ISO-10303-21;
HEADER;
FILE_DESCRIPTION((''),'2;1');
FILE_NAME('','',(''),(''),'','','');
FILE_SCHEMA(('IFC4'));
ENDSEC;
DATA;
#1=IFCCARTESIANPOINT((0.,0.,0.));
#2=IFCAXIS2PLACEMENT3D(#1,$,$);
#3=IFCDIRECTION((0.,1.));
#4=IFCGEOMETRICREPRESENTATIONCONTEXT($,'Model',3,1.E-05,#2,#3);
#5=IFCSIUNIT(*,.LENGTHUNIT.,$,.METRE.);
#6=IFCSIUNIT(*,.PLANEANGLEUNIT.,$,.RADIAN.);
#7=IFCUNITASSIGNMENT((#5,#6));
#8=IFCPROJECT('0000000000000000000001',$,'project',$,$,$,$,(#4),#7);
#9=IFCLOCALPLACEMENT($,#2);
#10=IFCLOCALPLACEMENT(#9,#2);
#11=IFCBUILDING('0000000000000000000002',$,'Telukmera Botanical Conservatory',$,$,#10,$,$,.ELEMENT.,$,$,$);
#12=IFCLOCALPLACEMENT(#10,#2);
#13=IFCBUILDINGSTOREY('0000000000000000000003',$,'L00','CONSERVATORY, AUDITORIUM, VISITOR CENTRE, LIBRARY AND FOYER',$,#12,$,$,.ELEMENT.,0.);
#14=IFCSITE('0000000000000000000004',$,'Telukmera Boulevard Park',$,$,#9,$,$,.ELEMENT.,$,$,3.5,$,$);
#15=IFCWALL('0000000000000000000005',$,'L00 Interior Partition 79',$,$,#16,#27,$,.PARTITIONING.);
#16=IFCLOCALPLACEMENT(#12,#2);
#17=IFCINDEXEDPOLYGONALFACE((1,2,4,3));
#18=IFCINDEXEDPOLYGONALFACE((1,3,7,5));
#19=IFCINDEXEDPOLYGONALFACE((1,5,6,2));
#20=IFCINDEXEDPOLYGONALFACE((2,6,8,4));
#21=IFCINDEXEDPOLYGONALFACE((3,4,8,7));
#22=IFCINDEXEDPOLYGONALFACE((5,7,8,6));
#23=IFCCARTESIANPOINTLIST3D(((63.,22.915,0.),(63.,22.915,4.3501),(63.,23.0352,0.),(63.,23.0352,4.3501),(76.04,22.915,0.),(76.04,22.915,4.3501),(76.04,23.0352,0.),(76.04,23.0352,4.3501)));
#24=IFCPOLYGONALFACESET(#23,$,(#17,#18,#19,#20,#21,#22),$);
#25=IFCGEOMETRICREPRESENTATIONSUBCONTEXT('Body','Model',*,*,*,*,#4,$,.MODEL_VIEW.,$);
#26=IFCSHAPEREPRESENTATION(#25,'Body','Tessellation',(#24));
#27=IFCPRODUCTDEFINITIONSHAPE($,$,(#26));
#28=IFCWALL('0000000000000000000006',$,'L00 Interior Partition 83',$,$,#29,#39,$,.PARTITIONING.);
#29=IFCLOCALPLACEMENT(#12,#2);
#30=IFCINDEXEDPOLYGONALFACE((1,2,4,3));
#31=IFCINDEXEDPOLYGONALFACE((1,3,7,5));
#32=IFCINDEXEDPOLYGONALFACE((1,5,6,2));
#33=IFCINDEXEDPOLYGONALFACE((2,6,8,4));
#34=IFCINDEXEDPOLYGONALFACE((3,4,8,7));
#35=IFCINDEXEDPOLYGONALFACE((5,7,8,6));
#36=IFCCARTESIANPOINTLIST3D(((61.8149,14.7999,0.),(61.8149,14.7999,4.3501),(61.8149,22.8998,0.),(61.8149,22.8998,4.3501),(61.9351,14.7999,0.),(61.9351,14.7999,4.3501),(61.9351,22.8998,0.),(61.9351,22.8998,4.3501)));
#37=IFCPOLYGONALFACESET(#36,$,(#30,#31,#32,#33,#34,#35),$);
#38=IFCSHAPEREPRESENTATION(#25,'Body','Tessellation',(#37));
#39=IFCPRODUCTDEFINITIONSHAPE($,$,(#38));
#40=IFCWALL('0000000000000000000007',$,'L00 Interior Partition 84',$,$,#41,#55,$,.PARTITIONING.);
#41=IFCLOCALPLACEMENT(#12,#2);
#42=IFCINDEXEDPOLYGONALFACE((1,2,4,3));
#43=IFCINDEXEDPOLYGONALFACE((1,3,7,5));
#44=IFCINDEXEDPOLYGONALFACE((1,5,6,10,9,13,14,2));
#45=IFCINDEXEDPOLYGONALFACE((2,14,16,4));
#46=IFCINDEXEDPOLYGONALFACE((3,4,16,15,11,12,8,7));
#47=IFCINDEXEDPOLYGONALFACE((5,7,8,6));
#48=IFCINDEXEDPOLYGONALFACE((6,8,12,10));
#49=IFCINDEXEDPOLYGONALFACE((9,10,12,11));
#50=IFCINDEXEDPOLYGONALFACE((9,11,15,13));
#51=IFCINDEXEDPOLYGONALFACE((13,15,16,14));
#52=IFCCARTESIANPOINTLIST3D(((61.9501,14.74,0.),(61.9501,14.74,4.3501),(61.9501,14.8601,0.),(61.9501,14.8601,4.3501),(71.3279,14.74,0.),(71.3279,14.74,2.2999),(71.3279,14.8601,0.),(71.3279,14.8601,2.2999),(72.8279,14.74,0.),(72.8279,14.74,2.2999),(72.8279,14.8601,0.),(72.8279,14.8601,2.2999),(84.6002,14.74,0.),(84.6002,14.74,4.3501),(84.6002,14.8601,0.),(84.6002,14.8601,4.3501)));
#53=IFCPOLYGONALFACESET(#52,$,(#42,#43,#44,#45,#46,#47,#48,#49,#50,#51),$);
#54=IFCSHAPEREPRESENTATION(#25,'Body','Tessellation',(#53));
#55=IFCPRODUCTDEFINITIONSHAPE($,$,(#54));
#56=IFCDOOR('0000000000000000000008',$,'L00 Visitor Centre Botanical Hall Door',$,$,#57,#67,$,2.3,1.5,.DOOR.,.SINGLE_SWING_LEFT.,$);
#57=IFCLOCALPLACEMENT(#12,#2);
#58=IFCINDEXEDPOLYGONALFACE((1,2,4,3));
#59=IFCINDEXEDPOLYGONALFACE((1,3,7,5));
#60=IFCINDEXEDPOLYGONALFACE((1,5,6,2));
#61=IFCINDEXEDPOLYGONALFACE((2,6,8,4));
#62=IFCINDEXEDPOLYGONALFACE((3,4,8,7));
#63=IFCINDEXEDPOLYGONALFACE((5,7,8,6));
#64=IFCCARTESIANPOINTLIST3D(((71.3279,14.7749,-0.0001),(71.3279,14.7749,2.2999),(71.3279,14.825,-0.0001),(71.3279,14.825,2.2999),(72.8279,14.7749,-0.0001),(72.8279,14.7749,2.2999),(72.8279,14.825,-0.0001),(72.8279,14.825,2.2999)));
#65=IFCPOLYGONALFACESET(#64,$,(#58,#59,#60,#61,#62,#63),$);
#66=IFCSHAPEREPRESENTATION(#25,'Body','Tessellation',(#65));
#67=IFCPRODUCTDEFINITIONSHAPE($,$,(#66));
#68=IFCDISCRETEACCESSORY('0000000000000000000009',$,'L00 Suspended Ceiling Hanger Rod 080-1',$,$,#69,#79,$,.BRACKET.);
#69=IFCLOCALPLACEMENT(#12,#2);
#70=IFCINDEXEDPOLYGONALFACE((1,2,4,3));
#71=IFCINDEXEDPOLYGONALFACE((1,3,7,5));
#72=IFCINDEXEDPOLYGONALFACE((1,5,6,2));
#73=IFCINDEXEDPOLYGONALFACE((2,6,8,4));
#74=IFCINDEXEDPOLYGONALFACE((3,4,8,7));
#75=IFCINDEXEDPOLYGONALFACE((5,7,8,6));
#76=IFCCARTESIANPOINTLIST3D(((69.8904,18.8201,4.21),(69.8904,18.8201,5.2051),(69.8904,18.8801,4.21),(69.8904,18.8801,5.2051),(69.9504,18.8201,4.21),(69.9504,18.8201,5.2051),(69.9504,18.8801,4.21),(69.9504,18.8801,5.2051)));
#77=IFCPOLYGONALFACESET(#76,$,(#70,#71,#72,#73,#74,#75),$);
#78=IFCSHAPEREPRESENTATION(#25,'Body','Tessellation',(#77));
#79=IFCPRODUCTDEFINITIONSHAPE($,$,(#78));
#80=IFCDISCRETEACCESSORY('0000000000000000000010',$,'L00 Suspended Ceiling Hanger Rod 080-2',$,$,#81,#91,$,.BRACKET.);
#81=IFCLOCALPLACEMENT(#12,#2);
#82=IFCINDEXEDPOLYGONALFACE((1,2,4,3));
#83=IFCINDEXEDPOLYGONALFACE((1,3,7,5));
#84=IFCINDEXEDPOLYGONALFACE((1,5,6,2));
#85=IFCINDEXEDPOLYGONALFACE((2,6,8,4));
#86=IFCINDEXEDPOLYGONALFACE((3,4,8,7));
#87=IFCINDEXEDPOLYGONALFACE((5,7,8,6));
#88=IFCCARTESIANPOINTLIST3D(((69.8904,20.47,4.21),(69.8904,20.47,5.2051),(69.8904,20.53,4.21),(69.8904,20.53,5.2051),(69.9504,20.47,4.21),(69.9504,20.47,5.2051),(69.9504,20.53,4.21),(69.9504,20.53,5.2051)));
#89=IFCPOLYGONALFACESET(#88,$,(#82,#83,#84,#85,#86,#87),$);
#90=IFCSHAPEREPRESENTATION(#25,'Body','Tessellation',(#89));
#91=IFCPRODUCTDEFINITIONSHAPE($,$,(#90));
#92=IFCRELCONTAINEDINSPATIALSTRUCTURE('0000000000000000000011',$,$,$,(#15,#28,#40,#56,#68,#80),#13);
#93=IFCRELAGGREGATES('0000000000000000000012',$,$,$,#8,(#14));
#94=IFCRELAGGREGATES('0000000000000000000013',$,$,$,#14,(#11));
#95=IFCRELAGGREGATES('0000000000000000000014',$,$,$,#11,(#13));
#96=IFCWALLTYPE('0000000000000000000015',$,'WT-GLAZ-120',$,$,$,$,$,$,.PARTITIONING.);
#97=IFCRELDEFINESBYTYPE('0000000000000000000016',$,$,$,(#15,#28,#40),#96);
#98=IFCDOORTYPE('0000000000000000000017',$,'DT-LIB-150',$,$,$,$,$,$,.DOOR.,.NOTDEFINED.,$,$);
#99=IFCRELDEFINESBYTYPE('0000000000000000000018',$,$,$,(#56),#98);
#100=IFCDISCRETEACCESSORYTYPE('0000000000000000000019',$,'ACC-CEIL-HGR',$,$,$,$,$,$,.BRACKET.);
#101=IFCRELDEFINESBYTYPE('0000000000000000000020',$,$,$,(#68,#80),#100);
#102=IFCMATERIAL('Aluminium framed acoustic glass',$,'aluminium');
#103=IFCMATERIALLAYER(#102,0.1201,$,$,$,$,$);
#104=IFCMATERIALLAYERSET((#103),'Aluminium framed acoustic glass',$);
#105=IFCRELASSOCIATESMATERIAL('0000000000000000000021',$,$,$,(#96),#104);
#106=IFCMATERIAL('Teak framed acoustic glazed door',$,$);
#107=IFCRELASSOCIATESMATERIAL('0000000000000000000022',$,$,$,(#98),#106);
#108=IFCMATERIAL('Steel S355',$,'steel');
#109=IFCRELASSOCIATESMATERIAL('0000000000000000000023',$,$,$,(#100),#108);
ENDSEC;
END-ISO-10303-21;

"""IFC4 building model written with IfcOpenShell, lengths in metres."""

from ifc_helpers import new_model, si_unit, direction, frame, frame_2d, origin, origin_2d, place, context, subcontext, project, spatial, rectangle, extrude, material, layer, layer_set, type_object, element, fill, save


model = new_model("IFC4")

# Units and contexts
model_context = context("Model", 3, precision=1e-05, world=origin(), true_north=direction((0.0, 1.0)))
body_context = subcontext(model_context, "Body", "Model", "MODEL_VIEW")
ifc_project = project(units=[si_unit("LENGTHUNIT", "METRE"), si_unit("PLANEANGLEUNIT", "RADIAN")], contexts=[model_context])

# Site, building, storey
site_placement = place(None, origin())
site = spatial("IfcSite", under=ifc_project, at=site_placement, Name="Telukmera Boulevard Park", CompositionType="ELEMENT", RefElevation=3.5)
building_placement = place(site_placement, origin())
building = spatial("IfcBuilding", under=site, at=building_placement, Name="Telukmera Botanical Conservatory", CompositionType="ELEMENT")
storey_placement = place(building_placement, origin())
storey = spatial("IfcBuildingStorey", under=building, at=storey_placement, Name="L00", Description="CONSERVATORY, AUDITORIUM, VISITOR CENTRE, LIBRARY AND FOYER", CompositionType="ELEMENT", Elevation=0.0)

# Walls
ifc_material_1 = material(Name="Aluminium framed acoustic glass", Category="aluminium")
ifc_layer = layer(ifc_material_1, 0.1201)
ifc_layer_set = layer_set([ifc_layer], Name="Aluminium framed acoustic glass")
wall_type = type_object("IfcWallType", Name="WT-GLAZ-120", PredefinedType="PARTITIONING", material=ifc_layer_set)
wall_1_placement = place(storey_placement, frame((63.0, 22.9751, 0.0), z_axis=(0.0, 0.0, 1.0), x_axis=(1.0, 0.0, 0.0)))
element("IfcWall", 1, at=wall_1_placement, inside=storey, type_object=wall_type, Name="L00 Interior Partition 79", PredefinedType="PARTITIONING", context=body_context, shape_type="SweptSolid", body=[
    extrude(rectangle(XDim=13.04, YDim=0.1201, at=frame_2d((6.52, 0.0))), origin(), (0.0, 0.0, 1.0), 4.3501),
])
wall_2_placement = place(storey_placement, frame((61.875, 14.8, 0.0), z_axis=(0.0, 0.0, 1.0), x_axis=(0.0, 1.0, 0.0)))
element("IfcWall", 2, at=wall_2_placement, inside=storey, type_object=wall_type, Name="L00 Interior Partition 83", PredefinedType="PARTITIONING", context=body_context, shape_type="SweptSolid", body=[
    extrude(rectangle(XDim=8.0999, YDim=0.1201, at=frame_2d((4.0498, 0.0))), origin(), (0.0, 0.0, 1.0), 4.3501),
])

# Wall, opening, door
wall_3_placement = place(storey_placement, frame((61.95, 14.8, 0.0), z_axis=(0.0, 0.0, 1.0), x_axis=(1.0, 0.0, 0.0)))
wall_3 = element("IfcWall", 3, at=wall_3_placement, inside=storey, type_object=wall_type, Name="L00 Interior Partition 84", PredefinedType="PARTITIONING", context=body_context, shape_type="SweptSolid", body=[
    extrude(rectangle(XDim=22.6501, YDim=0.1201, at=frame_2d((11.3252, 0.0))), origin(), (0.0, 0.0, 1.0), 4.3501),
])
opening_placement = place(wall_3_placement, frame((9.3779, 0.0, 0.0)))
opening = element("IfcOpeningElement", 4, at=opening_placement, cuts=wall_3, PredefinedType="OPENING", context=body_context, shape_type="SweptSolid", body=[
    extrude(rectangle(XDim=1.5, YDim=2.3, at=frame_2d((0.75, 1.1499))), frame((0.0, 0.0701, 0.0), z_axis=(0.0, -1.0, 0.0), x_axis=(1.0, 0.0, 0.0)), (0.0, 0.0, 1.0), 0.1401),
])
ifc_material_2 = material(Name="Teak framed acoustic glazed door")
door_type = type_object("IfcDoorType", Name="DT-LIB-150", OperationType="NOTDEFINED", PredefinedType="DOOR", material=ifc_material_2)
door_placement = place(opening_placement, origin())
door = element("IfcDoor", 5, at=door_placement, inside=storey, type_object=door_type, Name="L00 Visitor Centre Botanical Hall Door", OperationType="SINGLE_SWING_LEFT", OverallHeight=2.3, OverallWidth=1.5, PredefinedType="DOOR", context=body_context, shape_type="SweptSolid", body=[
    extrude(rectangle(XDim=1.5, YDim=2.3, at=frame_2d((0.75, 1.1499))), frame((0.0, 0.0249, 0.0), z_axis=(0.0, -1.0, 0.0), x_axis=(1.0, 0.0, 0.0)), (0.0, 0.0, 1.0), 0.05),
])
fill(opening, door)

# Discrete accessories
ifc_material_3 = material(Name="Steel S355", Category="steel")
discrete_accessory_type = type_object("IfcDiscreteAccessoryType", Name="ACC-CEIL-HGR", PredefinedType="BRACKET", material=ifc_material_3)
for number, where, z_axis, x_axis, name in (
    (6, (69.9204, 18.8501, 4.21), (0.0, 0.0, 1.0), (1.0, 0.0, 0.0), "L00 Suspended Ceiling Hanger Rod 080-1"),
    (7, (69.9204, 20.5, 4.21), (0.0, 0.0, 1.0), (1.0, 0.0, 0.0), "L00 Suspended Ceiling Hanger Rod 080-2"),
):
    element("IfcDiscreteAccessory", number, at=place(storey_placement, frame(where, z_axis=z_axis, x_axis=x_axis)), inside=storey, type_object=discrete_accessory_type, Name=name, PredefinedType="BRACKET", context=body_context, shape_type="SweptSolid", body=[
        extrude(rectangle(XDim=0.0601, YDim=0.0601, at=origin_2d()), origin(), (0.0, 0.0, 1.0), 0.9951),
    ])

save(model, "model.ifc")
